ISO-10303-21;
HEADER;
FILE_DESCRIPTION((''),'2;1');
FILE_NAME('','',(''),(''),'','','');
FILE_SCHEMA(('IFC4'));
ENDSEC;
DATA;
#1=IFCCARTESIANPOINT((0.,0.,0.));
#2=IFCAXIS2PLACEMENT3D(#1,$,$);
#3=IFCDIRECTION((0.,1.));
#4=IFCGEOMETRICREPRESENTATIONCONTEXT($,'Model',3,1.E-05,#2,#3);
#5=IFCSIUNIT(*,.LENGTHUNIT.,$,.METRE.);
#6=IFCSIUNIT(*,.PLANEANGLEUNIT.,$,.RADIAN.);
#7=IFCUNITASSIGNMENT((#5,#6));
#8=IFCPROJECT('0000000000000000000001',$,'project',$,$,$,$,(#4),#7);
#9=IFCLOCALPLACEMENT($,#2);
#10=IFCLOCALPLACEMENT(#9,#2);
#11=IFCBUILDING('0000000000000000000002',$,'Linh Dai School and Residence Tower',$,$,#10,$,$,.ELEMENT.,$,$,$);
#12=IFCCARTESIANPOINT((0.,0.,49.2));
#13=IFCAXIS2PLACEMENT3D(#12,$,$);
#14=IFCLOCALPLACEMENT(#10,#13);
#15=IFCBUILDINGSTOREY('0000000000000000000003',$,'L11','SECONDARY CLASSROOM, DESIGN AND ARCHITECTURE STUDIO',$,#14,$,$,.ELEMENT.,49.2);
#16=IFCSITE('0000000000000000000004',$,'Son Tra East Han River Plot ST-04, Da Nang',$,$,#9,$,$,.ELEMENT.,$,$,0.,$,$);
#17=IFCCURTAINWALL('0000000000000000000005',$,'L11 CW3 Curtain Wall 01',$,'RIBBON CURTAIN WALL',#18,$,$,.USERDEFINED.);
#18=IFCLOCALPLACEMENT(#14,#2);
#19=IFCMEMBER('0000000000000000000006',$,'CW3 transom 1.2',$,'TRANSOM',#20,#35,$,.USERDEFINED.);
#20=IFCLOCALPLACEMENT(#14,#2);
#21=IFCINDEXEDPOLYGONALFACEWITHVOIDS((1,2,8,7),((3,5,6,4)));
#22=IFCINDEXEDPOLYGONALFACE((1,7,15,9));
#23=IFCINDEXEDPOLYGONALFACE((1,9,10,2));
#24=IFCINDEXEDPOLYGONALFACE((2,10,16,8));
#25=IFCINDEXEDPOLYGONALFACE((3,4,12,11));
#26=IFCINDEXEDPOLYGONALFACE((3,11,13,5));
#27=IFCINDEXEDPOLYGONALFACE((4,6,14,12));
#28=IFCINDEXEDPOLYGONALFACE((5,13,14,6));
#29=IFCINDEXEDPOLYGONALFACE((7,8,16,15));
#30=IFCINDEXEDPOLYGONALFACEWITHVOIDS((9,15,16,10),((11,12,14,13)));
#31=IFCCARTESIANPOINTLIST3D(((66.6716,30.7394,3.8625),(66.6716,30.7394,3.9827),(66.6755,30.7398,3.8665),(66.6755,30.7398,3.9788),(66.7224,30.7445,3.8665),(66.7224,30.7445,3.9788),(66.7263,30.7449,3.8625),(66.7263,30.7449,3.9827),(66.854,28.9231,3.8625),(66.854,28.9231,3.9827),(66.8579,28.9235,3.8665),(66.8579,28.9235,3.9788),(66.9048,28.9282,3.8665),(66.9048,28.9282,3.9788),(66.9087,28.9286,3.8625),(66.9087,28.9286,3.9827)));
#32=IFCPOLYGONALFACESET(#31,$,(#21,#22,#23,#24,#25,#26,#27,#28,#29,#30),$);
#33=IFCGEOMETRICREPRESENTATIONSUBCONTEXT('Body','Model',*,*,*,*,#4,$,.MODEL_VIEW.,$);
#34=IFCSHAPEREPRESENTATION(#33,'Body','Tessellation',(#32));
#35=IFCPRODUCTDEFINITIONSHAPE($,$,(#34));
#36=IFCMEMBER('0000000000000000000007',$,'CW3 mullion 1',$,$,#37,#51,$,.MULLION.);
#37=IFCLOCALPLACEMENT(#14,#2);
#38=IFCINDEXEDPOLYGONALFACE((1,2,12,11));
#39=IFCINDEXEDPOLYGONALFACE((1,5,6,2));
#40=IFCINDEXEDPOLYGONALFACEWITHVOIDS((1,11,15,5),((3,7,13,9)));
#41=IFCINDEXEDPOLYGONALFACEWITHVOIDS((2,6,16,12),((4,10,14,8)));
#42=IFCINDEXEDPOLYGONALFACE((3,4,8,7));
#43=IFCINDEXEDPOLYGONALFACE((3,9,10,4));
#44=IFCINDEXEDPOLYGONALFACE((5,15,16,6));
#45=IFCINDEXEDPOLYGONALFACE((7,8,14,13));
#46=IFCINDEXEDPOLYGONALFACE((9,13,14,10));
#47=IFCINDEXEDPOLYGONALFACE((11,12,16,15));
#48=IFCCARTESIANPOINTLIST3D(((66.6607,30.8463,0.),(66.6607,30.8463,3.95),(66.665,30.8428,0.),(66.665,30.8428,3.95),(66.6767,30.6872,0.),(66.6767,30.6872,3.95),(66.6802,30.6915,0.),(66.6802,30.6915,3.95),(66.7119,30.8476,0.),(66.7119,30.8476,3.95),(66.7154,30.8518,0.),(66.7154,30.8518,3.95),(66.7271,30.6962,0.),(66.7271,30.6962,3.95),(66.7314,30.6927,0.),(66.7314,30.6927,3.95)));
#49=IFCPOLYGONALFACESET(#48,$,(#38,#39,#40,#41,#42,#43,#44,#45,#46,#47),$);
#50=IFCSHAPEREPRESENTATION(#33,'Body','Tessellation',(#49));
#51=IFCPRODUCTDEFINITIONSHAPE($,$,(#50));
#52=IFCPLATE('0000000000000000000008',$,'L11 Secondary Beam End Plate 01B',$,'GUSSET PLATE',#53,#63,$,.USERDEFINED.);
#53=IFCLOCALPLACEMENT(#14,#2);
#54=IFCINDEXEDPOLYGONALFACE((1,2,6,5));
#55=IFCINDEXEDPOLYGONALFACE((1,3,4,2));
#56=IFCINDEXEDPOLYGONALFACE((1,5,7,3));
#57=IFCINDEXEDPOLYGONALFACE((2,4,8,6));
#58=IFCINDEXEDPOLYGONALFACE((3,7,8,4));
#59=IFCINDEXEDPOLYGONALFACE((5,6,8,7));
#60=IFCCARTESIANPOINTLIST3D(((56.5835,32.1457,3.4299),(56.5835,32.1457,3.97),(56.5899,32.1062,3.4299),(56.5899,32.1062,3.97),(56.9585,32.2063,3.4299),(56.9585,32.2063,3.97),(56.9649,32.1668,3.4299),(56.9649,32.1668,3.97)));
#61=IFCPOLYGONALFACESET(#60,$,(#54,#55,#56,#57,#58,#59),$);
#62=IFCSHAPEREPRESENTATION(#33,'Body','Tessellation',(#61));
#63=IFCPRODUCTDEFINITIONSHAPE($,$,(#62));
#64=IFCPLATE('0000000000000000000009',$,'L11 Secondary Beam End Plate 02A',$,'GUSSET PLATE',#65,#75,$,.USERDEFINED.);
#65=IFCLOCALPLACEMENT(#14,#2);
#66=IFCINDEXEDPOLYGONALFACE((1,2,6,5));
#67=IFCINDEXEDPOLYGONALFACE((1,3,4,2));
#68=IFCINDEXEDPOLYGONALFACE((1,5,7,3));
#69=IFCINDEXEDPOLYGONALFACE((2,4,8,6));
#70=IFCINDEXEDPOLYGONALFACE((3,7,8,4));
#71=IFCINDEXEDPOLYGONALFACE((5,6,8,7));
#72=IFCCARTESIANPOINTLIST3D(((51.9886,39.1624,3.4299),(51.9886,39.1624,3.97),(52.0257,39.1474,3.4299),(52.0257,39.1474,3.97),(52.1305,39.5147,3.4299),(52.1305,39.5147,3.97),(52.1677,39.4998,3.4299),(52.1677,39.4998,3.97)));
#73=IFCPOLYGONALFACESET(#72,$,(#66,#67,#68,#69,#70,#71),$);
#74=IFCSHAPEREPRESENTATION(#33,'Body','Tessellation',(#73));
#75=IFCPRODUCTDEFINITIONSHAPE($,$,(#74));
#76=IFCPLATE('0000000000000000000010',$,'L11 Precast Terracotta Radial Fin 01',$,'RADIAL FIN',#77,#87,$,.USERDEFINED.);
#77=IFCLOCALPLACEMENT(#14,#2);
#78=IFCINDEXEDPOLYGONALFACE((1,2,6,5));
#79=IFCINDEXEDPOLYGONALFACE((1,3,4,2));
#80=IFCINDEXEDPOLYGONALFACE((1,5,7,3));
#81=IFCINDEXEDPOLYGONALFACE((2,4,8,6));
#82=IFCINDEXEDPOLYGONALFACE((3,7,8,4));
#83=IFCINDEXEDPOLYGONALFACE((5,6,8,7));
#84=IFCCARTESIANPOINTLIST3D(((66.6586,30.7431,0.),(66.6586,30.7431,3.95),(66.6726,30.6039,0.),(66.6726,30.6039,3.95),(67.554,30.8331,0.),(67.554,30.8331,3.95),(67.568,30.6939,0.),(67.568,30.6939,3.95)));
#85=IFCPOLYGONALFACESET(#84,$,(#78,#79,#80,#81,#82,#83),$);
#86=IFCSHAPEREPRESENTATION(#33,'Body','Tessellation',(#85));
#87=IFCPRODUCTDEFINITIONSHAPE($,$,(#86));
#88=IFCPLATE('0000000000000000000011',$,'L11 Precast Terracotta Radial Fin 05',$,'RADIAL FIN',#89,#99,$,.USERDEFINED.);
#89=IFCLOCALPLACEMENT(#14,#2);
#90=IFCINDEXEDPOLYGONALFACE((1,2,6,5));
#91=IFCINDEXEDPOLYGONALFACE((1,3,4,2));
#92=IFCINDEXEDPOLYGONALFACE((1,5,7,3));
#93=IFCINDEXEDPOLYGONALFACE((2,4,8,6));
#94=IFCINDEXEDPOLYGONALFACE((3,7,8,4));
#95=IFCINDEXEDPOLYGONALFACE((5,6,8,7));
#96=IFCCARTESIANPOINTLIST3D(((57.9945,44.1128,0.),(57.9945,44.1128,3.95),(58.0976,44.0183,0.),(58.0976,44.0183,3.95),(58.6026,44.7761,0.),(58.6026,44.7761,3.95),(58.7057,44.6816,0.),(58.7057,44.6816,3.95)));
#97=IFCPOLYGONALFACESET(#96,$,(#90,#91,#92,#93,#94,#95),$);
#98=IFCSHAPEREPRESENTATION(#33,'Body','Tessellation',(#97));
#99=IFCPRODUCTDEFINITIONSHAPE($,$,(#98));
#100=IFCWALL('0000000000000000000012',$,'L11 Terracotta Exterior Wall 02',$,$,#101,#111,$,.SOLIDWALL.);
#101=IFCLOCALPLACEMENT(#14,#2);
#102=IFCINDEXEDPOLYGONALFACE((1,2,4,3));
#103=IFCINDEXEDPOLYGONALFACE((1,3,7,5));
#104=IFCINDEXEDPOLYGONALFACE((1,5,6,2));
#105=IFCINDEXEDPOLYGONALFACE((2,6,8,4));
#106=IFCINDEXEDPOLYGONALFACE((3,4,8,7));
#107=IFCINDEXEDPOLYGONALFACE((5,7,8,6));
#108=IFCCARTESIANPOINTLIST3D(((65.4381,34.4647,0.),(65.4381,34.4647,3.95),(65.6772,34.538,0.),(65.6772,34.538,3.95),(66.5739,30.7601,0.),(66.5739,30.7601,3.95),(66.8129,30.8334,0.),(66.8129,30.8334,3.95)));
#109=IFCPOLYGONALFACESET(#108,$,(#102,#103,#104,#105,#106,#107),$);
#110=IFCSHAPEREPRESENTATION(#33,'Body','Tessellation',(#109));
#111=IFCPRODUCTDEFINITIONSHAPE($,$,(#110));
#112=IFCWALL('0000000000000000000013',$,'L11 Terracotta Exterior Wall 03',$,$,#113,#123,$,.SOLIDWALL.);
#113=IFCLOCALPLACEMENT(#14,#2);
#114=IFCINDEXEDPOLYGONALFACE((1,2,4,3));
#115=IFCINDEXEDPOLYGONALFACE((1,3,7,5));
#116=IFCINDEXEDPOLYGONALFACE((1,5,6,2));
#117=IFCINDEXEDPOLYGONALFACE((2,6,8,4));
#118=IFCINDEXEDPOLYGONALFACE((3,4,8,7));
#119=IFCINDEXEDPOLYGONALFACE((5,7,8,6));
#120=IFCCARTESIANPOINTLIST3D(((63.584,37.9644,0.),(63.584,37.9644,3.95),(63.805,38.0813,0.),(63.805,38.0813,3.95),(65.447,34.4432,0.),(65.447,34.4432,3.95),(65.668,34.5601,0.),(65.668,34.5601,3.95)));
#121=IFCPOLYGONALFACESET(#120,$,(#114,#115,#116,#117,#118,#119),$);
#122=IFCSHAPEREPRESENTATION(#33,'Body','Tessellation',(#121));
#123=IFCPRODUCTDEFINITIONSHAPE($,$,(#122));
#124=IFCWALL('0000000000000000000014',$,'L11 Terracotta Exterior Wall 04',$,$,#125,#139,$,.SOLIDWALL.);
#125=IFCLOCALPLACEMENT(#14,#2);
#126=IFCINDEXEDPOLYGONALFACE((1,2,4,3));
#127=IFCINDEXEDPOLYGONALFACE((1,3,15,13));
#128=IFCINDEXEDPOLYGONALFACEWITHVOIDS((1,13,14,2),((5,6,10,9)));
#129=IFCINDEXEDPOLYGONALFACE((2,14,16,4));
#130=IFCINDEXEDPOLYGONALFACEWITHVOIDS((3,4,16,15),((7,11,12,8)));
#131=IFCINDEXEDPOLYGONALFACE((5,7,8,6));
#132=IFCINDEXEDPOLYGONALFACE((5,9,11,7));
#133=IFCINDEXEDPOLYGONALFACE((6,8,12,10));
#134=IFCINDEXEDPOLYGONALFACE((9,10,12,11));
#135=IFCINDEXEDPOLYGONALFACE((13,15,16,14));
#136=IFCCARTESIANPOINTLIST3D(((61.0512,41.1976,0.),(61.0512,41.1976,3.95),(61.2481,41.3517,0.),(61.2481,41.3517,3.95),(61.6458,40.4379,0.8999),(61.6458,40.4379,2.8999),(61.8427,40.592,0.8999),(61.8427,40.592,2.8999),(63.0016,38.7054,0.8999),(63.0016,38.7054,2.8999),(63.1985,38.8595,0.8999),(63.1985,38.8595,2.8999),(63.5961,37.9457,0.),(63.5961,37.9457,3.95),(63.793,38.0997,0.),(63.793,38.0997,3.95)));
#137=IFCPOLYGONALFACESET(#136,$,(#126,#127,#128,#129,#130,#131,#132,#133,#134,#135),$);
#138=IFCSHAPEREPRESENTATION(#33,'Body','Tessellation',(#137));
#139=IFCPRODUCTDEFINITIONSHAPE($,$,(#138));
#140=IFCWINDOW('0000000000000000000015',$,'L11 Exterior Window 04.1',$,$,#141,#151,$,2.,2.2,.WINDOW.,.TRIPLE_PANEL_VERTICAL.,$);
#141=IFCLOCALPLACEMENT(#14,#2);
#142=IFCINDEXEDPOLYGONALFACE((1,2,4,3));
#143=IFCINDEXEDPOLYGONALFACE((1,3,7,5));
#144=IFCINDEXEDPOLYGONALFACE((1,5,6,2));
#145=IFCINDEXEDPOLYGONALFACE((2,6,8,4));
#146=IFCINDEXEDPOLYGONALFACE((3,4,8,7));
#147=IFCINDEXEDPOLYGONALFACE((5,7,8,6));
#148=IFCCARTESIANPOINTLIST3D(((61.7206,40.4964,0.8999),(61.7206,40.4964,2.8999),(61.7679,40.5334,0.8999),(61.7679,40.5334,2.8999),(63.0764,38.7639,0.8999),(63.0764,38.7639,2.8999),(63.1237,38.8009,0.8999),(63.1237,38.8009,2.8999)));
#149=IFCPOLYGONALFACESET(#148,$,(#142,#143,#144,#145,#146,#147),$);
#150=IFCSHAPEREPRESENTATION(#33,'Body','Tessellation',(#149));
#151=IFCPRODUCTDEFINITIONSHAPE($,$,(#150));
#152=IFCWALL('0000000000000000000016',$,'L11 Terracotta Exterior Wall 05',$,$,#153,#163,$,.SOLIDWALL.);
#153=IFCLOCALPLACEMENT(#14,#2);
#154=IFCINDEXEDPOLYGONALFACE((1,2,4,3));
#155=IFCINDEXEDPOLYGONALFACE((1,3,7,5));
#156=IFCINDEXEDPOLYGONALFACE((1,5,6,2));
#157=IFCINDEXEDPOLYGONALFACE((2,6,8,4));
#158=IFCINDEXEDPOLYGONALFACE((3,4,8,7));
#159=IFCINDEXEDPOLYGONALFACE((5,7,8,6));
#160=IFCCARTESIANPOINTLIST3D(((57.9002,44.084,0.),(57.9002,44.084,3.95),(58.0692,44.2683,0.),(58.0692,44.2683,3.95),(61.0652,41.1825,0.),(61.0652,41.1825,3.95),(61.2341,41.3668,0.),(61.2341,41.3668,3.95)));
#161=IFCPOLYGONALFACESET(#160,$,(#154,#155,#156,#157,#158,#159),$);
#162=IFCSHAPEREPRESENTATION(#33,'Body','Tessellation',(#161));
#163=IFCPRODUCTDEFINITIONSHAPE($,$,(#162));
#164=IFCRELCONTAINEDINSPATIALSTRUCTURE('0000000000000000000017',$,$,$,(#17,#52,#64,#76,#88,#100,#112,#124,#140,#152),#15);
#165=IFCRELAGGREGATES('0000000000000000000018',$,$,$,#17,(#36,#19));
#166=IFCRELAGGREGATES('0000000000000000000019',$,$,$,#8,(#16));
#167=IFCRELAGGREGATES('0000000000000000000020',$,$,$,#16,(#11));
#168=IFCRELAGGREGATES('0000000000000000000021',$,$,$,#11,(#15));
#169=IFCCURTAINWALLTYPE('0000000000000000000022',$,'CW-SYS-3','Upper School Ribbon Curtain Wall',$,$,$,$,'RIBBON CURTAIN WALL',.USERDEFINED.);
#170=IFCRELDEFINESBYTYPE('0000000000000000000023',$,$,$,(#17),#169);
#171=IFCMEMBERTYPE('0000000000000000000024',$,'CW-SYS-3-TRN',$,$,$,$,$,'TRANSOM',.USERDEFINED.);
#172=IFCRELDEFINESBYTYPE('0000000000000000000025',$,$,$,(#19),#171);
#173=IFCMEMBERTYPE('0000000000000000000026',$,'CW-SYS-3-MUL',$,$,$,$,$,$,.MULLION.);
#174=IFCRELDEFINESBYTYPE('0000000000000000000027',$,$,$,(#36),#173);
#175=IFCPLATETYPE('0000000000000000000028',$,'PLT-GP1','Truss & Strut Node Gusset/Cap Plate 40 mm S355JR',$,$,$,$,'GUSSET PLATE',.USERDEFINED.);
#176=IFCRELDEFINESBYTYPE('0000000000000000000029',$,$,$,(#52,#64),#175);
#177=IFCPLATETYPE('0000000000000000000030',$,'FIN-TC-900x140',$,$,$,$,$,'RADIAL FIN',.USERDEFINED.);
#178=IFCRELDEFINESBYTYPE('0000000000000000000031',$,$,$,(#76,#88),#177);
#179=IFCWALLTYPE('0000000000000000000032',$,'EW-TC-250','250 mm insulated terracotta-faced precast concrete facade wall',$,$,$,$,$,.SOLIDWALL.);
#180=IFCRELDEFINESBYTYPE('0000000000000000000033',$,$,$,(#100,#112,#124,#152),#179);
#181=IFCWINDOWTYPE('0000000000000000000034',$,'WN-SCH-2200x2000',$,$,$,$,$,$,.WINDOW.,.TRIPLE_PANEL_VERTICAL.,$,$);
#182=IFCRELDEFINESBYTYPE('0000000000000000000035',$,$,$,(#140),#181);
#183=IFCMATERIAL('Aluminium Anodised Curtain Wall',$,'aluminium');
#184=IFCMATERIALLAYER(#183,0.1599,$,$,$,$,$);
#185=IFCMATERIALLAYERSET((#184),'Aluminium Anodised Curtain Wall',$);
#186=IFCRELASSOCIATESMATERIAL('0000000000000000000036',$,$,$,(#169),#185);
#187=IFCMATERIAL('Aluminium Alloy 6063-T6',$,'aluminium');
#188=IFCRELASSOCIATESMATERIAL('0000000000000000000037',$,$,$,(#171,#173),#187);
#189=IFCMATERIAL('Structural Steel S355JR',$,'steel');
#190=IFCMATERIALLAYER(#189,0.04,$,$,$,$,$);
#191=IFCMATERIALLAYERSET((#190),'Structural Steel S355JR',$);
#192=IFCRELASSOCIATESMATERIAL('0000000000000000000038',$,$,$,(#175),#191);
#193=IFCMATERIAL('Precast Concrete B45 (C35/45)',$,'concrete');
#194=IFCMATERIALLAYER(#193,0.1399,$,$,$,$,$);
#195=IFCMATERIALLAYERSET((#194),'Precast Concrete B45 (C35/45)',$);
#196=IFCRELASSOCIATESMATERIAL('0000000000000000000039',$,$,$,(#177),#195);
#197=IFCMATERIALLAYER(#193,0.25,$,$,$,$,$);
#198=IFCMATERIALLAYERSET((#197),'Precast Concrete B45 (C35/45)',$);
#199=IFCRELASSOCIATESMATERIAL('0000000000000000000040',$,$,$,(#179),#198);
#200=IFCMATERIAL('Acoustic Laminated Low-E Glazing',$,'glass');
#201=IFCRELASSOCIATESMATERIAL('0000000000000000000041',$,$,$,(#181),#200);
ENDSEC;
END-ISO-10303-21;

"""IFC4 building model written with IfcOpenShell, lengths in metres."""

from ifc_helpers import new_model, si_unit, direction, frame, frame_2d, origin, origin_2d, place, context, subcontext, project, spatial, rectangle, hollow_rectangle, extrude, source, transform, mapped, material, layer, layer_set, material_profile, profile_set, type_object, element, fill, aggregate, save


model = new_model("IFC4")

# Units and contexts
model_context = context("Model", 3, precision=1e-05, world=origin(), true_north=direction((0.0, 1.0)))
body_context = subcontext(model_context, "Body", "Model", "MODEL_VIEW")
ifc_project = project(units=[si_unit("LENGTHUNIT", "METRE"), si_unit("PLANEANGLEUNIT", "RADIAN")], contexts=[model_context])

# Site, building, storey
site_placement = place(None, origin())
site = spatial("IfcSite", under=ifc_project, at=site_placement, Name="Son Tra East Han River Plot ST-04, Da Nang", CompositionType="ELEMENT", RefElevation=0.0)
building_placement = place(site_placement, origin())
building = spatial("IfcBuilding", under=site, at=building_placement, Name="Linh Dai School and Residence Tower", CompositionType="ELEMENT")
storey_placement = place(building_placement, frame((0.0, 0.0, 49.2)))
storey = spatial("IfcBuildingStorey", under=building, at=storey_placement, Name="L11", Description="SECONDARY CLASSROOM, DESIGN AND ARCHITECTURE STUDIO", CompositionType="ELEMENT", Elevation=49.2)

# Shared definitions
ifc_material_1 = material(Name="Structural Steel S355JR", Category="steel")

# Curtain wall, members
ifc_material_2 = material(Name="Aluminium Anodised Curtain Wall", Category="aluminium")
ifc_layer_1 = layer(ifc_material_2, 0.1599)
ifc_layer_set_1 = layer_set([ifc_layer_1], Name="Aluminium Anodised Curtain Wall")
curtain_wall_type = type_object("IfcCurtainWallType", Name="CW-SYS-3", Description="Upper School Ribbon Curtain Wall", ElementType="RIBBON CURTAIN WALL", PredefinedType="USERDEFINED", material=ifc_layer_set_1)
curtain_wall_placement = place(storey_placement, origin())
curtain_wall = element("IfcCurtainWall", 1, at=curtain_wall_placement, inside=storey, type_object=curtain_wall_type, Name="L11 CW3 Curtain Wall 01", ObjectType="RIBBON CURTAIN WALL", PredefinedType="USERDEFINED")
ifc_material_3 = material(Name="Aluminium Alloy 6063-T6", Category="aluminium")
ifc_material_profile_1 = material_profile(ifc_material_3, hollow_rectangle(XDim=0.0549, YDim=0.1201, WallThickness=0.0039, at=origin_2d()), Name="RHS 120x55x4")
ifc_profile_set_1 = profile_set([ifc_material_profile_1], Name="Aluminium Alloy 6063-T6")
member_type_1 = type_object("IfcMemberType", Name="CW-SYS-3-TRN", ElementType="TRANSOM", PredefinedType="USERDEFINED", material=ifc_profile_set_1)
shared_shape_1 = source(origin(), body_context, "Body", "SweptSolid", [
    extrude(hollow_rectangle(XDim=0.0549, YDim=0.1201, WallThickness=0.0039, at=origin_2d()), origin(), (0.0, 0.0, 1.0), 1.8254),
])
member_1_placement = place(storey_placement, frame((66.699, 30.7422, 3.9226), z_axis=(0.099901, -0.994997, 0.0), x_axis=(0.994997, 0.099901, 0.0)))
member_1 = element("IfcMember", 2, at=member_1_placement, type_object=member_type_1, Name="CW3 transom 1.2", ObjectType="TRANSOM", PredefinedType="USERDEFINED", context=body_context, shape_type="MappedRepresentation", body=[
    mapped(shared_shape_1, transform((0.0, 0.0, 0.0), x_axis=(1.0, 0.0, 0.0), y_axis=(0.0, 1.0, 0.0), z_axis=(0.0, 0.0, 1.0), scale=1.0)),
])
ifc_material_profile_2 = material_profile(ifc_material_3, hollow_rectangle(XDim=0.0549, YDim=0.1599, WallThickness=0.0039, at=origin_2d()), Name="RHS 160x55x4")
ifc_profile_set_2 = profile_set([ifc_material_profile_2], Name="Aluminium Alloy 6063-T6")
member_type_2 = type_object("IfcMemberType", Name="CW-SYS-3-MUL", PredefinedType="MULLION", material=ifc_profile_set_2)
shared_shape_2 = source(origin(), body_context, "Body", "SweptSolid", [
    extrude(hollow_rectangle(XDim=0.0549, YDim=0.1599, WallThickness=0.0039, at=origin_2d()), origin(), (0.0, 0.0, 1.0), 3.95),
])
member_2_placement = place(storey_placement, frame((66.696, 30.7695, 0.0), z_axis=(0.0, 0.0, 1.0), x_axis=(0.994986, 0.100009, 0.0)))
member_2 = element("IfcMember", 3, at=member_2_placement, type_object=member_type_2, Name="CW3 mullion 1", PredefinedType="MULLION", context=body_context, shape_type="MappedRepresentation", body=[
    mapped(shared_shape_2, transform((0.0, 0.0, 0.0), x_axis=(1.0, 0.0, 0.0), y_axis=(0.0, 1.0, 0.0), z_axis=(0.0, 0.0, 1.0), scale=1.0)),
])
aggregate(curtain_wall, [member_2, member_1])

# Plates
ifc_layer_2 = layer(ifc_material_1, 0.04)
ifc_layer_set_2 = layer_set([ifc_layer_2], Name="Structural Steel S355JR")
plate_type_1 = type_object("IfcPlateType", Name="PLT-GP1", Description="Truss & Strut Node Gusset/Cap Plate 40 mm S355JR", ElementType="GUSSET PLATE", PredefinedType="USERDEFINED", material=ifc_layer_set_2)
shared_shape_3 = source(origin(), body_context, "Body", "SweptSolid", [
    extrude(rectangle(XDim=0.04, YDim=0.3799, at=origin_2d()), origin(), (0.0, 0.0, 1.0), 0.54),
])
for number, where, z_axis, x_axis, name in (
    (4, (56.7742, 32.1562, 3.4299), (0.0, 0.0, 1.0), (-0.159659, 0.987172, 0.0), "L11 Secondary Beam End Plate 01B"),
    (5, (52.0781, 39.3311, 3.4299), (0.0, 0.0, 1.0), (-0.927536, 0.373733, 0.0), "L11 Secondary Beam End Plate 02A"),
):
    element("IfcPlate", number, at=place(storey_placement, frame(where, z_axis=z_axis, x_axis=x_axis)), inside=storey, type_object=plate_type_1, Name=name, ObjectType="GUSSET PLATE", PredefinedType="USERDEFINED", context=body_context, shape_type="MappedRepresentation", body=[
        mapped(shared_shape_3, transform((0.0, 0.0, 0.0), x_axis=(1.0, 0.0, 0.0), y_axis=(0.0, 1.0, 0.0), z_axis=(0.0, 0.0, 1.0), scale=1.0)),
    ])
ifc_material_4 = material(Name="Precast Concrete B45 (C35/45)", Category="concrete")
ifc_layer_3 = layer(ifc_material_4, 0.1399)
ifc_layer_set_3 = layer_set([ifc_layer_3], Name="Precast Concrete B45 (C35/45)")
plate_type_2 = type_object("IfcPlateType", Name="FIN-TC-900x140", ElementType="RADIAL FIN", PredefinedType="USERDEFINED", material=ifc_layer_set_3)
shared_shape_4 = source(origin(), body_context, "Body", "SweptSolid", [
    extrude(rectangle(XDim=0.8999, YDim=0.1399, at=origin_2d()), origin(), (0.0, 0.0, 1.0), 3.95),
])
for number, where, z_axis, x_axis, name in (
    (6, (67.1133, 30.7185, 0.0), (0.0, 0.0, 1.0), (0.994986, 0.100009, 0.0), "L11 Precast Terracotta Radial Fin 01"),
    (7, (58.3501, 44.3972, 0.0), (0.0, 0.0, 1.0), (0.675769, 0.737113, 0.0), "L11 Precast Terracotta Radial Fin 05"),
):
    element("IfcPlate", number, at=place(storey_placement, frame(where, z_axis=z_axis, x_axis=x_axis)), inside=storey, type_object=plate_type_2, Name=name, ObjectType="RADIAL FIN", PredefinedType="USERDEFINED", context=body_context, shape_type="MappedRepresentation", body=[
        mapped(shared_shape_4, transform((0.0, 0.0, 0.0), x_axis=(1.0, 0.0, 0.0), y_axis=(0.0, 1.0, 0.0), z_axis=(0.0, 0.0, 1.0), scale=1.0)),
    ])

# Walls
ifc_layer_4 = layer(ifc_material_4, 0.25)
ifc_layer_set_4 = layer_set([ifc_layer_4], Name="Precast Concrete B45 (C35/45)")
wall_type_1 = type_object("IfcWallType", Name="EW-TC-250", Description="250 mm insulated terracotta-faced precast concrete facade wall", PredefinedType="SOLIDWALL", material=ifc_layer_set_4)
wall_1_placement = place(storey_placement, frame((65.5576, 34.5015, 0.0), z_axis=(0.0, 0.0, 1.0), x_axis=(0.293112, -0.956078, 0.0)))
element("IfcWall", 8, at=wall_1_placement, inside=storey, type_object=wall_type_1, Name="L11 Terracotta Exterior Wall 02", PredefinedType="SOLIDWALL", context=body_context, shape_type="SweptSolid", body=[
    extrude(rectangle(XDim=3.8748, YDim=0.25, at=frame_2d((1.9375, 0.0))), origin(), (0.0, 0.0, 1.0), 3.95),
])
wall_2_placement = place(storey_placement, frame((63.6946, 38.0227, 0.0), z_axis=(0.0, 0.0, 1.0), x_axis=(0.467662, -0.883907, 0.0)))
element("IfcWall", 9, at=wall_2_placement, inside=storey, type_object=wall_type_1, Name="L11 Terracotta Exterior Wall 03", PredefinedType="SOLIDWALL", context=body_context, shape_type="SweptSolid", body=[
    extrude(rectangle(XDim=3.9836, YDim=0.25, at=frame_2d((1.9917, 0.0))), origin(), (0.0, 0.0, 1.0), 3.95),
])

# Wall, opening, window
wall_3_placement = place(storey_placement, frame((61.1497, 41.2747, 0.0), z_axis=(0.0, 0.0, 1.0), x_axis=(0.616296, -0.787515, 0.0)))
wall_3 = element("IfcWall", 10, at=wall_3_placement, inside=storey, type_object=wall_type_1, Name="L11 Terracotta Exterior Wall 04", PredefinedType="SOLIDWALL", context=body_context, shape_type="SweptSolid", body=[
    extrude(rectangle(XDim=4.1294, YDim=0.25, at=frame_2d((2.0647, 0.0))), origin(), (0.0, 0.0, 1.0), 3.95),
])
opening_1_placement = place(wall_3_placement, frame((0.9646, 0.0, 0.8999)))
opening_1 = element("IfcOpeningElement", 11, at=opening_1_placement, cuts=wall_3, PredefinedType="OPENING", context=body_context, shape_type="SweptSolid", body=[
    extrude(rectangle(XDim=2.2, YDim=2.0, at=origin_2d()), frame((1.1001, 0.135, 1.0), z_axis=(0.0, -1.0, 0.0), x_axis=(1.0, 0.0, 0.0)), (0.0, 0.0, 1.0), 0.27),
])
ifc_material_5 = material(Name="Acoustic Laminated Low-E Glazing", Category="glass")
window_type = type_object("IfcWindowType", Name="WN-SCH-2200x2000", PartitioningType="TRIPLE_PANEL_VERTICAL", PredefinedType="WINDOW", material=ifc_material_5)
shared_shape_5 = source(origin(), body_context, "Body", "SweptSolid", [
    extrude(rectangle(XDim=2.2, YDim=2.0, at=origin_2d()), frame((1.1001, 0.03, 1.0), z_axis=(0.0, -1.0, 0.0), x_axis=(1.0, 0.0, 0.0)), (0.0, 0.0, 1.0), 0.0601),
])
window_1_placement = place(opening_1_placement, origin())
window_1 = element("IfcWindow", 12, at=window_1_placement, inside=storey, type_object=window_type, Name="L11 Exterior Window 04.1", OverallHeight=2.0, OverallWidth=2.2, PartitioningType="TRIPLE_PANEL_VERTICAL", PredefinedType="WINDOW", context=body_context, shape_type="MappedRepresentation", body=[
    mapped(shared_shape_5, transform((0.0, 0.0, 0.0), x_axis=(1.0, 0.0, 0.0), y_axis=(0.0, 1.0, 0.0), z_axis=(0.0, 0.0, 1.0), scale=1.0)),
])
fill(opening_1, window_1)

# Wall
wall_4_placement = place(storey_placement, frame((57.9846, 44.1763, 0.0), z_axis=(0.0, 0.0, 1.0), x_axis=(0.737116, -0.675766, 0.0)))
element("IfcWall", 13, at=wall_4_placement, inside=storey, type_object=wall_type_1, Name="L11 Terracotta Exterior Wall 05", PredefinedType="SOLIDWALL", context=body_context, shape_type="SweptSolid", body=[
    extrude(rectangle(XDim=4.2937, YDim=0.25, at=frame_2d((2.147, 0.0))), origin(), (0.0, 0.0, 1.0), 3.95),
])

save(model, "model.ifc")
